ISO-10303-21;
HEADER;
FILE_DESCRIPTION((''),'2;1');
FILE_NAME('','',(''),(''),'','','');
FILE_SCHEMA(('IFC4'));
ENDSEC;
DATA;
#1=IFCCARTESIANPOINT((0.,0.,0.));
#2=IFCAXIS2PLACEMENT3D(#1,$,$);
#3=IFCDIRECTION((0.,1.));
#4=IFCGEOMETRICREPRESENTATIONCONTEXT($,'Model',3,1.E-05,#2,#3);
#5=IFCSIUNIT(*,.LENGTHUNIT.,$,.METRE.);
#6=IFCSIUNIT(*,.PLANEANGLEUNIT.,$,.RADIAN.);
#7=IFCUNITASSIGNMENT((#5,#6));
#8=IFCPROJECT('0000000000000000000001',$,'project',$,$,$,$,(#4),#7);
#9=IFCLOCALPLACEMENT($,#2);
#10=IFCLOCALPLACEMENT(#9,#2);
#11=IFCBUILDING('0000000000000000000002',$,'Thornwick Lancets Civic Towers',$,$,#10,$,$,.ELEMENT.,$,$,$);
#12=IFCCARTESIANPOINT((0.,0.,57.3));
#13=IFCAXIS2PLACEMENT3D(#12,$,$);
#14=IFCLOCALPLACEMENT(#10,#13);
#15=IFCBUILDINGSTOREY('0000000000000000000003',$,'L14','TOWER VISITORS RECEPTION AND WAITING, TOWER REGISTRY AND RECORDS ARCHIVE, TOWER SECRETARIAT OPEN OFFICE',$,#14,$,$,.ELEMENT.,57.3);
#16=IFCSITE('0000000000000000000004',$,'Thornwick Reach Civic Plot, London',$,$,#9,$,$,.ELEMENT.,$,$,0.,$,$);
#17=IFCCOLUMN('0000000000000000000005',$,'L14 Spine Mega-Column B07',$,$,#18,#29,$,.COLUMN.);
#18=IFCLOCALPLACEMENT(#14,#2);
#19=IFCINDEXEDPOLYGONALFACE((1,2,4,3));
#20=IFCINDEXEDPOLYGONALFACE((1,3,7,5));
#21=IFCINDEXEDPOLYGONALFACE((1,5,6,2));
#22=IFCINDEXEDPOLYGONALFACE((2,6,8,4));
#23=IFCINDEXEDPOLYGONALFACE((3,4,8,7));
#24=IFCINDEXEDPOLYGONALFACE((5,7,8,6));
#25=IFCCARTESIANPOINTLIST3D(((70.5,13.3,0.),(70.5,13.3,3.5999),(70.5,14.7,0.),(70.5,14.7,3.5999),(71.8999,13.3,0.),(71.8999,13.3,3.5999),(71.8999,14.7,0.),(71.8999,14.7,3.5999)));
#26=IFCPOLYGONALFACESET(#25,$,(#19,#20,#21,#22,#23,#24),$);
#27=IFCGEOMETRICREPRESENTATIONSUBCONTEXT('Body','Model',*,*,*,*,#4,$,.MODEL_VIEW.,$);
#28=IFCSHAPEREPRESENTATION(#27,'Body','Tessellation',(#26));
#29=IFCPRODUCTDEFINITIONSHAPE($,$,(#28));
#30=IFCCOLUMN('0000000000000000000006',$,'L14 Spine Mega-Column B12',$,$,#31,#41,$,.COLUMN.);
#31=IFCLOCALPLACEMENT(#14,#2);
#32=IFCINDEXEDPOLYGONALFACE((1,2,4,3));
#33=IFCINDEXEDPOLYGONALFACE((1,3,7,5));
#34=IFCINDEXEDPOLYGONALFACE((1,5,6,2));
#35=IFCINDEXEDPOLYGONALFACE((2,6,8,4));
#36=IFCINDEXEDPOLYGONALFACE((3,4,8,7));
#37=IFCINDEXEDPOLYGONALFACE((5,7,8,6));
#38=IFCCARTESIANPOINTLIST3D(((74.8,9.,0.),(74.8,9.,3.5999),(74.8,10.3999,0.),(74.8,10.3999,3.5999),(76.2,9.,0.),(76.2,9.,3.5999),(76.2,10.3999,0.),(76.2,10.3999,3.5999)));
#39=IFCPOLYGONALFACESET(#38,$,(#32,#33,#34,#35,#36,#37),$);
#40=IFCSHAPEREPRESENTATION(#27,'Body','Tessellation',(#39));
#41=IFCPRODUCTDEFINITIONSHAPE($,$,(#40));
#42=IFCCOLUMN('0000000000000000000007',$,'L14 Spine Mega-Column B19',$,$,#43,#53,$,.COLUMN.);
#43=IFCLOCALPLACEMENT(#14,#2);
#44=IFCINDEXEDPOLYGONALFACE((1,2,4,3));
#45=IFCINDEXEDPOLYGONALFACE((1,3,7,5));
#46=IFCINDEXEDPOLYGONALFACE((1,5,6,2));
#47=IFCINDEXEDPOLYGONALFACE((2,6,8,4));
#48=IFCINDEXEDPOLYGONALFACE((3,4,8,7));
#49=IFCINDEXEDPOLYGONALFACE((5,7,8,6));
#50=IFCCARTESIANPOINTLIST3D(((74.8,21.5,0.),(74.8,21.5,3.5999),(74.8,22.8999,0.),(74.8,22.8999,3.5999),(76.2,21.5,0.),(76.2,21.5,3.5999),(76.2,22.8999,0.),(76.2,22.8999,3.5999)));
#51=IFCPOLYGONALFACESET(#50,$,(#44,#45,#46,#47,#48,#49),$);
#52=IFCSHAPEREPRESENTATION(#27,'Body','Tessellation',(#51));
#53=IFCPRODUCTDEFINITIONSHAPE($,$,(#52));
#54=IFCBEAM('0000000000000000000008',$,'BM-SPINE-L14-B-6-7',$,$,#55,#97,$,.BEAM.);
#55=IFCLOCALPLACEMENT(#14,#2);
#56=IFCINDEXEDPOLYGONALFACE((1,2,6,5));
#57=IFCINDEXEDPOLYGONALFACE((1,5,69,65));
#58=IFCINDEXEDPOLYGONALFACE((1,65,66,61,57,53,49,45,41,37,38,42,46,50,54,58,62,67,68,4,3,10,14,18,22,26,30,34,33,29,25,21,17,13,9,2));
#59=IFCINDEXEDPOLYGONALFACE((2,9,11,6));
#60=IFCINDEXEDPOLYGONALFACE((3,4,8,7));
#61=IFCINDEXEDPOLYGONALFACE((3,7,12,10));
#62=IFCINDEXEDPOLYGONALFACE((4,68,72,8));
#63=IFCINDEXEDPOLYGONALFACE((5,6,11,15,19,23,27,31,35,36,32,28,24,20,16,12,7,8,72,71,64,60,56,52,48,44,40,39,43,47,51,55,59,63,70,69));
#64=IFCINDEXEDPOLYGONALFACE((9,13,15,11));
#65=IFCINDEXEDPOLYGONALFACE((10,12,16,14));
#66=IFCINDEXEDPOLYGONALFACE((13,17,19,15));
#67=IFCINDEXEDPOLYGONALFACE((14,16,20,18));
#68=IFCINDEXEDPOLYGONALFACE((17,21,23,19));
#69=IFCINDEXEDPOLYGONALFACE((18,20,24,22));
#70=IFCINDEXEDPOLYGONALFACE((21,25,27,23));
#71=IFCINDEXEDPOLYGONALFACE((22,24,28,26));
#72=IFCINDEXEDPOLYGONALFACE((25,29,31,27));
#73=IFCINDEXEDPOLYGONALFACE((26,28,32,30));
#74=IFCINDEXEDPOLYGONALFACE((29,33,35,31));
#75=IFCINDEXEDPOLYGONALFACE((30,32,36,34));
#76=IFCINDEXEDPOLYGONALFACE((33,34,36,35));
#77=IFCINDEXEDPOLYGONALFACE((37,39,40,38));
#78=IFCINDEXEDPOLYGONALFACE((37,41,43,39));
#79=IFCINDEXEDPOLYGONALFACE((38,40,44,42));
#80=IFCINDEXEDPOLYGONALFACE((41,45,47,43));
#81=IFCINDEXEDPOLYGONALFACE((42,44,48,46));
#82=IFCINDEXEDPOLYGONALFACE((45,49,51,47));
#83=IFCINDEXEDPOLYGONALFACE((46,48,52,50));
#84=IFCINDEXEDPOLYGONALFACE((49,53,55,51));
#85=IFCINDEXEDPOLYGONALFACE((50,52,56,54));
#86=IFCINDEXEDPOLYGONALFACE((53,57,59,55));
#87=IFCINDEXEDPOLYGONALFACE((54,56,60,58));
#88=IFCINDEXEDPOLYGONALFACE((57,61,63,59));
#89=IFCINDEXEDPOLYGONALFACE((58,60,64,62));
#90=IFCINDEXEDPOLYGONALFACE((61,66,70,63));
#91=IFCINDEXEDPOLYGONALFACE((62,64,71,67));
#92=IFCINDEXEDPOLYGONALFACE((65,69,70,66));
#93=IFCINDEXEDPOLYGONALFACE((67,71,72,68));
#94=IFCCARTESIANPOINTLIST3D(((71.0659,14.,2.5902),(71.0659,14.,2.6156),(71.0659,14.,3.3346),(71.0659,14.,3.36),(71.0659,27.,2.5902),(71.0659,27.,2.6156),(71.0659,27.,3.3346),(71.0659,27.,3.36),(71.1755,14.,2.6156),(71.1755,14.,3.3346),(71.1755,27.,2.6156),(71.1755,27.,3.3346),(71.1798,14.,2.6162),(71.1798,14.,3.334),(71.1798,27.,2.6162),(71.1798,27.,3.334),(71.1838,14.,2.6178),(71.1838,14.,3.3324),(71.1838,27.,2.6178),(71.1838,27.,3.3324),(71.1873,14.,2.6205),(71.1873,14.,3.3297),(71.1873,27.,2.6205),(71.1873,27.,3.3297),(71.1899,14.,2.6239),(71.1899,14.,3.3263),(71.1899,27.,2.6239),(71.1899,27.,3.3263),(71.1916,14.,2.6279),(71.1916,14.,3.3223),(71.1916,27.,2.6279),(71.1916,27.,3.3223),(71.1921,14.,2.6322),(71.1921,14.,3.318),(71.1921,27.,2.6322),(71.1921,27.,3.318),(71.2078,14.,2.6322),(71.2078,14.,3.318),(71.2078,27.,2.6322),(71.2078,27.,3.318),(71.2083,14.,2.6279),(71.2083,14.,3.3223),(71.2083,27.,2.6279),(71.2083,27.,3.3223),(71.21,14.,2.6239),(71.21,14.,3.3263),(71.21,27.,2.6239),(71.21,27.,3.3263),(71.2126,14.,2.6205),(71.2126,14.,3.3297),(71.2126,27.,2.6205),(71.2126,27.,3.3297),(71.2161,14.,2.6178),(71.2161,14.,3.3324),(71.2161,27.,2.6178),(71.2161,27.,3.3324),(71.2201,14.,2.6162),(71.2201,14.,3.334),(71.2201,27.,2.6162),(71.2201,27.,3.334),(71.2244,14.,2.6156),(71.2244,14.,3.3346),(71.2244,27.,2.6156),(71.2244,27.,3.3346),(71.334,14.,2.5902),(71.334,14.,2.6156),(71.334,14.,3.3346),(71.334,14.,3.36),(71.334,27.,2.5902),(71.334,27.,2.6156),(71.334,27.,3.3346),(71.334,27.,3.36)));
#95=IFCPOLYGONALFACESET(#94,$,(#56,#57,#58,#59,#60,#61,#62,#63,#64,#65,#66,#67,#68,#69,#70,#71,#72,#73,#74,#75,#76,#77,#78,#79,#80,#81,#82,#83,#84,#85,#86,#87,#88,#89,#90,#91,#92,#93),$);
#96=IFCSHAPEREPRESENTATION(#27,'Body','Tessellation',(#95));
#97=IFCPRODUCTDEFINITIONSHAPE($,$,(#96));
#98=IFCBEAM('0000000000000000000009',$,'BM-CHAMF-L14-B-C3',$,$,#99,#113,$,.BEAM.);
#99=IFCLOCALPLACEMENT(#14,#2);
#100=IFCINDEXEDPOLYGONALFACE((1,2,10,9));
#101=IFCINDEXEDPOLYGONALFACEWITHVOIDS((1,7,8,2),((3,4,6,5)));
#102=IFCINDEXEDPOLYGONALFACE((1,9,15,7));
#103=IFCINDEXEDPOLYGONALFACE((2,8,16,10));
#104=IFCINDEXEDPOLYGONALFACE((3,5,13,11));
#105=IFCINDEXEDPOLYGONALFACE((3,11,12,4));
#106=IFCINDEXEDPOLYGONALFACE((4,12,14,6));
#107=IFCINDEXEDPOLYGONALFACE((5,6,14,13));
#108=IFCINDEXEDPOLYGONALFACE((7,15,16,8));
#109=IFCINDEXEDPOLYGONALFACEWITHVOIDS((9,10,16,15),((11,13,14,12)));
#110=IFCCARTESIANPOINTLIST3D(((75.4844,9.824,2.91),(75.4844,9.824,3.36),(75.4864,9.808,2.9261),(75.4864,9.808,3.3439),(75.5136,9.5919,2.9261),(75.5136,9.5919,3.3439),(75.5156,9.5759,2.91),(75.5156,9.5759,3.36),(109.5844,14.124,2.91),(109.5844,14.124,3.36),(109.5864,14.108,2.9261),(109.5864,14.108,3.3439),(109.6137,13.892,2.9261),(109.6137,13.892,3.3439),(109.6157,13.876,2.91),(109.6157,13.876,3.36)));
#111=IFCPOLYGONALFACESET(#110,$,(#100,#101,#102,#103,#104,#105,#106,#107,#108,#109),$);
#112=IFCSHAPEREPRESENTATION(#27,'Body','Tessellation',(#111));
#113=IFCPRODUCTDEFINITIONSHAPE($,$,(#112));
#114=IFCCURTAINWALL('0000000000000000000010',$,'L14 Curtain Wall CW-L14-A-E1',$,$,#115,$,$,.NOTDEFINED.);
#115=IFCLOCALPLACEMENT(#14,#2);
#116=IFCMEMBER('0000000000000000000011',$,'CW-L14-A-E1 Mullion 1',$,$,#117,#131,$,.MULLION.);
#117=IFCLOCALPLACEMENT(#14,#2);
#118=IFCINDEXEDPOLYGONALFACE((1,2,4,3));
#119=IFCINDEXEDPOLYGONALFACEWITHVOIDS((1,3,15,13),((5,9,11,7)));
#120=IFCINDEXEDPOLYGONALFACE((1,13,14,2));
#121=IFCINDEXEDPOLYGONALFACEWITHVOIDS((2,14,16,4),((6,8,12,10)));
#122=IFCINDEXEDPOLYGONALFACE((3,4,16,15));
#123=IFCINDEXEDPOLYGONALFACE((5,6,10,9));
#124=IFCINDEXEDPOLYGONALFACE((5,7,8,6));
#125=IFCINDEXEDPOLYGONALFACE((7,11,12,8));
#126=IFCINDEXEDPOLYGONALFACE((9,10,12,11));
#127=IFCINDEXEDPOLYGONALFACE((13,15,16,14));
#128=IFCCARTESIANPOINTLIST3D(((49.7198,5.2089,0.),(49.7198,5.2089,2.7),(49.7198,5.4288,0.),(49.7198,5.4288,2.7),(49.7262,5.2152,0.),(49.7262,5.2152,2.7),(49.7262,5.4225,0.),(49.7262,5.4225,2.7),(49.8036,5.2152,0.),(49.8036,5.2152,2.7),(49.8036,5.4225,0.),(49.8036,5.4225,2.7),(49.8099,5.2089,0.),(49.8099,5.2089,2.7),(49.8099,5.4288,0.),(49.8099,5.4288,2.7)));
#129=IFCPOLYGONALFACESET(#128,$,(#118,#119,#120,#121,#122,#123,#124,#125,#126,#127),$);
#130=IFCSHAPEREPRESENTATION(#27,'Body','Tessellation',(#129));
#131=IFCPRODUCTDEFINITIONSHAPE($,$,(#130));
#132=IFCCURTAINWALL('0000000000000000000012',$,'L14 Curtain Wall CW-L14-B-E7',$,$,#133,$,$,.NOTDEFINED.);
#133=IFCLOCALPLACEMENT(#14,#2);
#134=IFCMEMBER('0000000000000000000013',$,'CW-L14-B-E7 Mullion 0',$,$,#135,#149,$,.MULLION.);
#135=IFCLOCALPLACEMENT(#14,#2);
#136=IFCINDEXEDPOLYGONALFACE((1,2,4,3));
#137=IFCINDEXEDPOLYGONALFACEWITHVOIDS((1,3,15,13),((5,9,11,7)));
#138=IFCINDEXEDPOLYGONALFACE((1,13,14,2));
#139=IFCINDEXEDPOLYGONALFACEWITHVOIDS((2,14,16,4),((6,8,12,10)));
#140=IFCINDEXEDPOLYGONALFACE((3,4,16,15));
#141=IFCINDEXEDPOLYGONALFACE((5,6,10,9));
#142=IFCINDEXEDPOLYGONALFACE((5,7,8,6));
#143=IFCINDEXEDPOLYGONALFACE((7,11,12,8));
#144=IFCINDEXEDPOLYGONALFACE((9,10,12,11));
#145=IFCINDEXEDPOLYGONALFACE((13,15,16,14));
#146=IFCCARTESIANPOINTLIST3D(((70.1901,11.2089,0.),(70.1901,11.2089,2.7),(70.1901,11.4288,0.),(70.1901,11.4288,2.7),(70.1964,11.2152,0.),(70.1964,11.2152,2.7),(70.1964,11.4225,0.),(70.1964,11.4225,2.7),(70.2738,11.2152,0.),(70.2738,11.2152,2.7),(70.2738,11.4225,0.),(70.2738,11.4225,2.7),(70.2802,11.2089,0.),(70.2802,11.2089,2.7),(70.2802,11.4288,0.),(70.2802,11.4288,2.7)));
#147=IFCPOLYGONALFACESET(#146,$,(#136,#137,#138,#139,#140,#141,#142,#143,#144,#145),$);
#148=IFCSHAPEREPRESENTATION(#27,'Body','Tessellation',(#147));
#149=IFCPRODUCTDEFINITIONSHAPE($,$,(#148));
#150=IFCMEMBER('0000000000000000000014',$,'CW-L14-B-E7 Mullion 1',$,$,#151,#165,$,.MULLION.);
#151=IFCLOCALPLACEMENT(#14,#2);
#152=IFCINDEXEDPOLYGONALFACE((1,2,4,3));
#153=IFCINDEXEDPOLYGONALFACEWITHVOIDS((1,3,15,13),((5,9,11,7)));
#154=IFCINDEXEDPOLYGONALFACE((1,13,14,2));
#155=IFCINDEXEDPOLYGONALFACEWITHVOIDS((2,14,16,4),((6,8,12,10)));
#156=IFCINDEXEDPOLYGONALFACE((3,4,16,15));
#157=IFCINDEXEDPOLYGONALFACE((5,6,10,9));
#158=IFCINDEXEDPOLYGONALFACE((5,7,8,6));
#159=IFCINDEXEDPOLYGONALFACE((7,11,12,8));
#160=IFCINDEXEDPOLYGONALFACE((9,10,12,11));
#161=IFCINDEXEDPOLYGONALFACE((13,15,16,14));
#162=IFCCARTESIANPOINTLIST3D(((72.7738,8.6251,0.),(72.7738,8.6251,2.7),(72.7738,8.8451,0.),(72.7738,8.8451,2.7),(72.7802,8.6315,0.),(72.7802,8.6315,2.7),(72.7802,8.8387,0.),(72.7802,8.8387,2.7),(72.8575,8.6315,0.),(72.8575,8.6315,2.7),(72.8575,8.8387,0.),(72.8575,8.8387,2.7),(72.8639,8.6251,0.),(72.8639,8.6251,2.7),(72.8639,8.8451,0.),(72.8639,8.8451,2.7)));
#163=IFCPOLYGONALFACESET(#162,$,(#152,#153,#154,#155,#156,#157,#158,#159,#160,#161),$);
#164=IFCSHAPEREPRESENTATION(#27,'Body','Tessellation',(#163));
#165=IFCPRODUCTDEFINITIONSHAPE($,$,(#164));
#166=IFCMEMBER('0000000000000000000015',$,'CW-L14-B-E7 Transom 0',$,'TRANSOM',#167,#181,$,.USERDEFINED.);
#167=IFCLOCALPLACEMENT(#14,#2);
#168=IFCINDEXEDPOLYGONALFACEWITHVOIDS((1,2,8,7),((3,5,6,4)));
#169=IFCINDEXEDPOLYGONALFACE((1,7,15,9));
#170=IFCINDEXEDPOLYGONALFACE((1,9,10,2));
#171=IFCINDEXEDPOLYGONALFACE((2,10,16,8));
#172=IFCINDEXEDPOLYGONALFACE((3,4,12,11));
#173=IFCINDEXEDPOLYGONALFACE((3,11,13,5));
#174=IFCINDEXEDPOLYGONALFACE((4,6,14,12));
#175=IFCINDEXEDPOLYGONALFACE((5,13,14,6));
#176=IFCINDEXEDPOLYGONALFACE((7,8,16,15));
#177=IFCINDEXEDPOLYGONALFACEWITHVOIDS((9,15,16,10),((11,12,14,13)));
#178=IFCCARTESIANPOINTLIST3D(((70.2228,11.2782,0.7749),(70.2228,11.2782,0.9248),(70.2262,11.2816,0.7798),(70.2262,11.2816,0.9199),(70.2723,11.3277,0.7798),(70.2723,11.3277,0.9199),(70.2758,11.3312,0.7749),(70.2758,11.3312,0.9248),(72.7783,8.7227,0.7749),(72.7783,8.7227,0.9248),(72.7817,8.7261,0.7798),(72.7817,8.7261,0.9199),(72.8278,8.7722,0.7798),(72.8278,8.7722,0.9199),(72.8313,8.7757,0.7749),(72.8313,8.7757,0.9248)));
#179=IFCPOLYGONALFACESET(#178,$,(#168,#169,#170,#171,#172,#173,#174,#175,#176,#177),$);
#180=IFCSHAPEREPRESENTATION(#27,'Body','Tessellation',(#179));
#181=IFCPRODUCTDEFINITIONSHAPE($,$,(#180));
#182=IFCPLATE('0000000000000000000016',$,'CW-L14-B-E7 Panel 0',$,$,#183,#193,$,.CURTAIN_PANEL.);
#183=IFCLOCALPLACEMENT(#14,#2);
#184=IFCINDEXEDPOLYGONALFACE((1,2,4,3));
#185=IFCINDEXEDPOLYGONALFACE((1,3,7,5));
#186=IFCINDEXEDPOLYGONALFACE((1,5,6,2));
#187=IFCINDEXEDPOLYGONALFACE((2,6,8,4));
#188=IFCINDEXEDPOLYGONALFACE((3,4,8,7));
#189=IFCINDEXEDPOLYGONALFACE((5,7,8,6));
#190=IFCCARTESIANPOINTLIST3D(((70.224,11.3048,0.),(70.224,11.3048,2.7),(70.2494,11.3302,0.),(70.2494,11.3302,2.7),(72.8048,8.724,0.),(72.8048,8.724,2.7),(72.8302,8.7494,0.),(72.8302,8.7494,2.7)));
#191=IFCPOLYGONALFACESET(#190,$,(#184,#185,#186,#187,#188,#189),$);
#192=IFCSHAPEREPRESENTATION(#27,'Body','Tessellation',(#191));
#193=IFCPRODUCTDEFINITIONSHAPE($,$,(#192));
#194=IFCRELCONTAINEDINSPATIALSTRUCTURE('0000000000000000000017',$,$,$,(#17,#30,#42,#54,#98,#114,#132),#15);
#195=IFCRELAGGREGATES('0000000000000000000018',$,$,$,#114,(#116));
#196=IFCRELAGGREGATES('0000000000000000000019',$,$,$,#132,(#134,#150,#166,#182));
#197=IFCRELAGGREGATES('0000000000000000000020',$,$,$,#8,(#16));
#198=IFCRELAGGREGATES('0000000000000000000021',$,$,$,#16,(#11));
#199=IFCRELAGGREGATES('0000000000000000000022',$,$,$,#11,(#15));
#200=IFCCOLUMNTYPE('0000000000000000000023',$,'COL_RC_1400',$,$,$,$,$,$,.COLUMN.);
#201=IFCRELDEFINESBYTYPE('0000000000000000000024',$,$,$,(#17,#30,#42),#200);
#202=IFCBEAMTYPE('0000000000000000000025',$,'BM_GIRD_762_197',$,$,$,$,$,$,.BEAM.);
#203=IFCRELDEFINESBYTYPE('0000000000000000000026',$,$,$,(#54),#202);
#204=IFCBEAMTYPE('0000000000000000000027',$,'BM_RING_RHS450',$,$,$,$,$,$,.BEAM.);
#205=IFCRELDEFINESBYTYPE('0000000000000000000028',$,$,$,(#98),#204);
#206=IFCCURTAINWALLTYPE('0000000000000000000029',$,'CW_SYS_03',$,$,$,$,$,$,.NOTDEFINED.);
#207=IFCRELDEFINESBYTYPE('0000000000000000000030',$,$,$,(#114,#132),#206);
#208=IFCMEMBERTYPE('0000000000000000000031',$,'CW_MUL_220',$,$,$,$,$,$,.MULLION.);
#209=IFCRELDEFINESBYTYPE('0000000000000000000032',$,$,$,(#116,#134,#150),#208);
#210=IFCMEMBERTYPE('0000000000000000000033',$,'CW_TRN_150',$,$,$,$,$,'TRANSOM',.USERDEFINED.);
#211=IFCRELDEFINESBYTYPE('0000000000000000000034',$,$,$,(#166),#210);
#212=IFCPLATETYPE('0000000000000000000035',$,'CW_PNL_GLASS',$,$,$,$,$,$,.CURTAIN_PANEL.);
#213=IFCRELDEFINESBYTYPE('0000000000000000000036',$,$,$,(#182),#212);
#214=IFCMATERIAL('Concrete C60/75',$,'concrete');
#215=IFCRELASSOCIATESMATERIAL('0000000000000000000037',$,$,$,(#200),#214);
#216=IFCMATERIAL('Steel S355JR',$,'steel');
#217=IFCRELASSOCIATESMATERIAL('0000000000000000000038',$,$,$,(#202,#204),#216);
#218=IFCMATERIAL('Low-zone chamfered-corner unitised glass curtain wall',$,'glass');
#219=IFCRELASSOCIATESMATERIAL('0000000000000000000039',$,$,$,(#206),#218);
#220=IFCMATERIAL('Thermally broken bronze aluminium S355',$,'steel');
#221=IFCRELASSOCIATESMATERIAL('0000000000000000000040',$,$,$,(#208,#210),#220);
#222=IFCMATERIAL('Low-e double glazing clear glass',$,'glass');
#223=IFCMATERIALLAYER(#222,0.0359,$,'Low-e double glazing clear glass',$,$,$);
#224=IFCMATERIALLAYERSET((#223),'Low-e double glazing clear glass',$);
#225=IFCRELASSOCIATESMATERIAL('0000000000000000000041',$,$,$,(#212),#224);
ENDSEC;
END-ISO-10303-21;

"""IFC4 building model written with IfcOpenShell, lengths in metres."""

from ifc_helpers import new_model, si_unit, direction, frame, origin, origin_2d, place, context, subcontext, project, spatial, rectangle, hollow_rectangle, i_section, extrude, material, layer, layer_set, material_profile, profile_set, type_object, element, aggregate, save


model = new_model("IFC4")

# Units and contexts
model_context = context("Model", 3, precision=1e-05, world=origin(), true_north=direction((0.0, 1.0)))
body_context = subcontext(model_context, "Body", "Model", "MODEL_VIEW")
ifc_project = project(units=[si_unit("LENGTHUNIT", "METRE"), si_unit("PLANEANGLEUNIT", "RADIAN")], contexts=[model_context])

# Site, building, storey
site_placement = place(None, origin())
site = spatial("IfcSite", under=ifc_project, at=site_placement, Name="Thornwick Reach Civic Plot, London", CompositionType="ELEMENT", RefElevation=0.0)
building_placement = place(site_placement, origin())
building = spatial("IfcBuilding", under=site, at=building_placement, Name="Thornwick Lancets Civic Towers", CompositionType="ELEMENT")
storey_placement = place(building_placement, frame((0.0, 0.0, 57.3)))
storey = spatial("IfcBuildingStorey", under=building, at=storey_placement, Name="L14", Description="TOWER VISITORS RECEPTION AND WAITING, TOWER REGISTRY AND RECORDS ARCHIVE, TOWER SECRETARIAT OPEN OFFICE", CompositionType="ELEMENT", Elevation=57.3)

# Columns
ifc_material_1 = material(Name="Concrete C60/75", Category="concrete")
ifc_material_profile_1 = material_profile(ifc_material_1, rectangle(XDim=1.3999, YDim=1.3999, at=origin_2d()), Name="RC 1400x1400")
ifc_profile_set_1 = profile_set([ifc_material_profile_1], Name="Concrete C60/75")
column_type = type_object("IfcColumnType", Name="COL_RC_1400", PredefinedType="COLUMN", material=ifc_profile_set_1)
for number, where, z_axis, x_axis, name in (
    (1, (71.2, 14.0, 0.0), (0.0, 0.0, 1.0), (1.0, 0.0, 0.0), "L14 Spine Mega-Column B07"),
    (2, (75.5, 9.7, 0.0), (0.0, 0.0, 1.0), (1.0, 0.0, 0.0), "L14 Spine Mega-Column B12"),
    (3, (75.5, 22.2, 0.0), (0.0, 0.0, 1.0), (1.0, 0.0, 0.0), "L14 Spine Mega-Column B19"),
):
    element("IfcColumn", number, at=place(storey_placement, frame(where, z_axis=z_axis, x_axis=x_axis)), inside=storey, type_object=column_type, Name=name, PredefinedType="COLUMN", context=body_context, shape_type="SweptSolid", body=[
        extrude(rectangle(XDim=1.3999, YDim=1.3999, at=origin_2d()), origin(), (0.0, 0.0, 1.0), 3.5999),
    ])

# Beams
ifc_material_2 = material(Name="Steel S355JR", Category="steel")
ifc_material_profile_2 = material_profile(ifc_material_2, i_section(OverallWidth=0.2681, OverallDepth=0.7698, WebThickness=0.0156, FlangeThickness=0.0254, FilletRadius=0.0166, at=origin_2d()), Name="UKB 762x267x197")
ifc_profile_set_2 = profile_set([ifc_material_profile_2], Name="Steel S355JR")
beam_type_1 = type_object("IfcBeamType", Name="BM_GIRD_762_197", PredefinedType="BEAM", material=ifc_profile_set_2)
beam_1_placement = place(storey_placement, frame((71.2, 14.0, 2.9751), z_axis=(0.0, 1.0, 0.0), x_axis=(-1.0, 0.0, 0.0)))
element("IfcBeam", 4, at=beam_1_placement, inside=storey, type_object=beam_type_1, Name="BM-SPINE-L14-B-6-7", PredefinedType="BEAM", context=body_context, shape_type="SweptSolid", body=[
    extrude(i_section(OverallWidth=0.2681, OverallDepth=0.7698, WebThickness=0.0156, FlangeThickness=0.0254, FilletRadius=0.0166, at=origin_2d()), origin(), (0.0, 0.0, 1.0), 13.0),
])
ifc_material_profile_3 = material_profile(ifc_material_2, hollow_rectangle(XDim=0.25, YDim=0.45, WallThickness=0.0161, at=origin_2d()), Name="RHS 450x250x16")
ifc_profile_set_3 = profile_set([ifc_material_profile_3], Name="Steel S355JR")
beam_type_2 = type_object("IfcBeamType", Name="BM_RING_RHS450", PredefinedType="BEAM", material=ifc_profile_set_3)
beam_2_placement = place(storey_placement, frame((75.5, 9.7, 3.135), z_axis=(0.992143, 0.12511, 0.0), x_axis=(-0.12511, 0.992143, 0.0)))
element("IfcBeam", 5, at=beam_2_placement, inside=storey, type_object=beam_type_2, Name="BM-CHAMF-L14-B-C3", PredefinedType="BEAM", context=body_context, shape_type="SweptSolid", body=[
    extrude(hollow_rectangle(XDim=0.25, YDim=0.45, WallThickness=0.0161, at=origin_2d()), origin(), (0.0, 0.0, 1.0), 34.3701),
])

# Curtain wall, member
ifc_material_3 = material(Name="Low-zone chamfered-corner unitised glass curtain wall", Category="glass")
curtain_wall_type = type_object("IfcCurtainWallType", Name="CW_SYS_03", PredefinedType="NOTDEFINED", material=ifc_material_3)
curtain_wall_1_placement = place(storey_placement, origin())
curtain_wall_1 = element("IfcCurtainWall", 6, at=curtain_wall_1_placement, inside=storey, type_object=curtain_wall_type, Name="L14 Curtain Wall CW-L14-A-E1", PredefinedType="NOTDEFINED")
ifc_material_4 = material(Name="Thermally broken bronze aluminium S355", Category="steel")
ifc_material_profile_4 = material_profile(ifc_material_4, hollow_rectangle(XDim=0.0901, YDim=0.22, WallThickness=0.0063, at=origin_2d()), Name="RHS 220x90x6.3")
ifc_profile_set_4 = profile_set([ifc_material_profile_4], Name="Thermally broken bronze aluminium S355")
member_type_1 = type_object("IfcMemberType", Name="CW_MUL_220", PredefinedType="MULLION", material=ifc_profile_set_4)
member_1_placement = place(storey_placement, frame((49.7649, 5.3188, 0.0), z_axis=(0.0, 0.0, 1.0), x_axis=(1.0, 0.0, 0.0)))
member_1 = element("IfcMember", 7, at=member_1_placement, type_object=member_type_1, Name="CW-L14-A-E1 Mullion 1", PredefinedType="MULLION", context=body_context, shape_type="SweptSolid", body=[
    extrude(hollow_rectangle(XDim=0.0901, YDim=0.22, WallThickness=0.0063, at=origin_2d()), origin(), (0.0, 0.0, 1.0), 2.7),
])
aggregate(curtain_wall_1, [member_1])

# Curtain wall, members, plate
curtain_wall_2_placement = place(storey_placement, origin())
curtain_wall_2 = element("IfcCurtainWall", 8, at=curtain_wall_2_placement, inside=storey, type_object=curtain_wall_type, Name="L14 Curtain Wall CW-L14-B-E7", PredefinedType="NOTDEFINED")
member_2_placement = place(storey_placement, frame((70.2351, 11.3188, 0.0), z_axis=(0.0, 0.0, 1.0), x_axis=(1.0, 0.0, 0.0)))
member_2 = element("IfcMember", 9, at=member_2_placement, type_object=member_type_1, Name="CW-L14-B-E7 Mullion 0", PredefinedType="MULLION", context=body_context, shape_type="SweptSolid", body=[
    extrude(hollow_rectangle(XDim=0.0901, YDim=0.22, WallThickness=0.0063, at=origin_2d()), origin(), (0.0, 0.0, 1.0), 2.7),
])
member_3_placement = place(storey_placement, frame((72.8188, 8.7351, 0.0), z_axis=(0.0, 0.0, 1.0), x_axis=(1.0, 0.0, 0.0)))
member_3 = element("IfcMember", 10, at=member_3_placement, type_object=member_type_1, Name="CW-L14-B-E7 Mullion 1", PredefinedType="MULLION", context=body_context, shape_type="SweptSolid", body=[
    extrude(hollow_rectangle(XDim=0.0901, YDim=0.22, WallThickness=0.0063, at=origin_2d()), origin(), (0.0, 0.0, 1.0), 2.7),
])
ifc_material_profile_5 = material_profile(ifc_material_4, hollow_rectangle(XDim=0.075, YDim=0.1499, WallThickness=0.0049, at=origin_2d()), Name="RHS 150x75x5")
ifc_profile_set_5 = profile_set([ifc_material_profile_5], Name="Thermally broken bronze aluminium S355")
member_type_2 = type_object("IfcMemberType", Name="CW_TRN_150", ElementType="TRANSOM", PredefinedType="USERDEFINED", material=ifc_profile_set_5)
member_4_placement = place(storey_placement, frame((70.2493, 11.3047, 0.8499), z_axis=(0.707107, -0.707107, 0.0), x_axis=(0.707107, 0.707107, 0.0)))
member_4 = element("IfcMember", 11, at=member_4_placement, type_object=member_type_2, Name="CW-L14-B-E7 Transom 0", ObjectType="TRANSOM", PredefinedType="USERDEFINED", context=body_context, shape_type="SweptSolid", body=[
    extrude(hollow_rectangle(XDim=0.075, YDim=0.1499, WallThickness=0.0049, at=origin_2d()), origin(), (0.0, 0.0, 1.0), 3.614),
])
ifc_material_5 = material(Name="Low-e double glazing clear glass", Category="glass")
ifc_layer_1 = layer(ifc_material_5, 0.0359, Name="Low-e double glazing clear glass")
ifc_layer_set_1 = layer_set([ifc_layer_1], Name="Low-e double glazing clear glass")
plate_type = type_object("IfcPlateType", Name="CW_PNL_GLASS", PredefinedType="CURTAIN_PANEL", material=ifc_layer_set_1)
plate_placement = place(storey_placement, frame((71.5271, 10.0271, 0.0), z_axis=(0.0, 0.0, 1.0), x_axis=(0.707107, -0.707107, 0.0)))
plate = element("IfcPlate", 12, at=plate_placement, type_object=plate_type, Name="CW-L14-B-E7 Panel 0", PredefinedType="CURTAIN_PANEL", context=body_context, shape_type="SweptSolid", body=[
    extrude(rectangle(XDim=3.6499, YDim=0.0359, at=origin_2d()), origin(), (0.0, 0.0, 1.0), 2.7),
])
aggregate(curtain_wall_2, [member_2, member_3, member_4, plate])

save(model, "model.ifc")
